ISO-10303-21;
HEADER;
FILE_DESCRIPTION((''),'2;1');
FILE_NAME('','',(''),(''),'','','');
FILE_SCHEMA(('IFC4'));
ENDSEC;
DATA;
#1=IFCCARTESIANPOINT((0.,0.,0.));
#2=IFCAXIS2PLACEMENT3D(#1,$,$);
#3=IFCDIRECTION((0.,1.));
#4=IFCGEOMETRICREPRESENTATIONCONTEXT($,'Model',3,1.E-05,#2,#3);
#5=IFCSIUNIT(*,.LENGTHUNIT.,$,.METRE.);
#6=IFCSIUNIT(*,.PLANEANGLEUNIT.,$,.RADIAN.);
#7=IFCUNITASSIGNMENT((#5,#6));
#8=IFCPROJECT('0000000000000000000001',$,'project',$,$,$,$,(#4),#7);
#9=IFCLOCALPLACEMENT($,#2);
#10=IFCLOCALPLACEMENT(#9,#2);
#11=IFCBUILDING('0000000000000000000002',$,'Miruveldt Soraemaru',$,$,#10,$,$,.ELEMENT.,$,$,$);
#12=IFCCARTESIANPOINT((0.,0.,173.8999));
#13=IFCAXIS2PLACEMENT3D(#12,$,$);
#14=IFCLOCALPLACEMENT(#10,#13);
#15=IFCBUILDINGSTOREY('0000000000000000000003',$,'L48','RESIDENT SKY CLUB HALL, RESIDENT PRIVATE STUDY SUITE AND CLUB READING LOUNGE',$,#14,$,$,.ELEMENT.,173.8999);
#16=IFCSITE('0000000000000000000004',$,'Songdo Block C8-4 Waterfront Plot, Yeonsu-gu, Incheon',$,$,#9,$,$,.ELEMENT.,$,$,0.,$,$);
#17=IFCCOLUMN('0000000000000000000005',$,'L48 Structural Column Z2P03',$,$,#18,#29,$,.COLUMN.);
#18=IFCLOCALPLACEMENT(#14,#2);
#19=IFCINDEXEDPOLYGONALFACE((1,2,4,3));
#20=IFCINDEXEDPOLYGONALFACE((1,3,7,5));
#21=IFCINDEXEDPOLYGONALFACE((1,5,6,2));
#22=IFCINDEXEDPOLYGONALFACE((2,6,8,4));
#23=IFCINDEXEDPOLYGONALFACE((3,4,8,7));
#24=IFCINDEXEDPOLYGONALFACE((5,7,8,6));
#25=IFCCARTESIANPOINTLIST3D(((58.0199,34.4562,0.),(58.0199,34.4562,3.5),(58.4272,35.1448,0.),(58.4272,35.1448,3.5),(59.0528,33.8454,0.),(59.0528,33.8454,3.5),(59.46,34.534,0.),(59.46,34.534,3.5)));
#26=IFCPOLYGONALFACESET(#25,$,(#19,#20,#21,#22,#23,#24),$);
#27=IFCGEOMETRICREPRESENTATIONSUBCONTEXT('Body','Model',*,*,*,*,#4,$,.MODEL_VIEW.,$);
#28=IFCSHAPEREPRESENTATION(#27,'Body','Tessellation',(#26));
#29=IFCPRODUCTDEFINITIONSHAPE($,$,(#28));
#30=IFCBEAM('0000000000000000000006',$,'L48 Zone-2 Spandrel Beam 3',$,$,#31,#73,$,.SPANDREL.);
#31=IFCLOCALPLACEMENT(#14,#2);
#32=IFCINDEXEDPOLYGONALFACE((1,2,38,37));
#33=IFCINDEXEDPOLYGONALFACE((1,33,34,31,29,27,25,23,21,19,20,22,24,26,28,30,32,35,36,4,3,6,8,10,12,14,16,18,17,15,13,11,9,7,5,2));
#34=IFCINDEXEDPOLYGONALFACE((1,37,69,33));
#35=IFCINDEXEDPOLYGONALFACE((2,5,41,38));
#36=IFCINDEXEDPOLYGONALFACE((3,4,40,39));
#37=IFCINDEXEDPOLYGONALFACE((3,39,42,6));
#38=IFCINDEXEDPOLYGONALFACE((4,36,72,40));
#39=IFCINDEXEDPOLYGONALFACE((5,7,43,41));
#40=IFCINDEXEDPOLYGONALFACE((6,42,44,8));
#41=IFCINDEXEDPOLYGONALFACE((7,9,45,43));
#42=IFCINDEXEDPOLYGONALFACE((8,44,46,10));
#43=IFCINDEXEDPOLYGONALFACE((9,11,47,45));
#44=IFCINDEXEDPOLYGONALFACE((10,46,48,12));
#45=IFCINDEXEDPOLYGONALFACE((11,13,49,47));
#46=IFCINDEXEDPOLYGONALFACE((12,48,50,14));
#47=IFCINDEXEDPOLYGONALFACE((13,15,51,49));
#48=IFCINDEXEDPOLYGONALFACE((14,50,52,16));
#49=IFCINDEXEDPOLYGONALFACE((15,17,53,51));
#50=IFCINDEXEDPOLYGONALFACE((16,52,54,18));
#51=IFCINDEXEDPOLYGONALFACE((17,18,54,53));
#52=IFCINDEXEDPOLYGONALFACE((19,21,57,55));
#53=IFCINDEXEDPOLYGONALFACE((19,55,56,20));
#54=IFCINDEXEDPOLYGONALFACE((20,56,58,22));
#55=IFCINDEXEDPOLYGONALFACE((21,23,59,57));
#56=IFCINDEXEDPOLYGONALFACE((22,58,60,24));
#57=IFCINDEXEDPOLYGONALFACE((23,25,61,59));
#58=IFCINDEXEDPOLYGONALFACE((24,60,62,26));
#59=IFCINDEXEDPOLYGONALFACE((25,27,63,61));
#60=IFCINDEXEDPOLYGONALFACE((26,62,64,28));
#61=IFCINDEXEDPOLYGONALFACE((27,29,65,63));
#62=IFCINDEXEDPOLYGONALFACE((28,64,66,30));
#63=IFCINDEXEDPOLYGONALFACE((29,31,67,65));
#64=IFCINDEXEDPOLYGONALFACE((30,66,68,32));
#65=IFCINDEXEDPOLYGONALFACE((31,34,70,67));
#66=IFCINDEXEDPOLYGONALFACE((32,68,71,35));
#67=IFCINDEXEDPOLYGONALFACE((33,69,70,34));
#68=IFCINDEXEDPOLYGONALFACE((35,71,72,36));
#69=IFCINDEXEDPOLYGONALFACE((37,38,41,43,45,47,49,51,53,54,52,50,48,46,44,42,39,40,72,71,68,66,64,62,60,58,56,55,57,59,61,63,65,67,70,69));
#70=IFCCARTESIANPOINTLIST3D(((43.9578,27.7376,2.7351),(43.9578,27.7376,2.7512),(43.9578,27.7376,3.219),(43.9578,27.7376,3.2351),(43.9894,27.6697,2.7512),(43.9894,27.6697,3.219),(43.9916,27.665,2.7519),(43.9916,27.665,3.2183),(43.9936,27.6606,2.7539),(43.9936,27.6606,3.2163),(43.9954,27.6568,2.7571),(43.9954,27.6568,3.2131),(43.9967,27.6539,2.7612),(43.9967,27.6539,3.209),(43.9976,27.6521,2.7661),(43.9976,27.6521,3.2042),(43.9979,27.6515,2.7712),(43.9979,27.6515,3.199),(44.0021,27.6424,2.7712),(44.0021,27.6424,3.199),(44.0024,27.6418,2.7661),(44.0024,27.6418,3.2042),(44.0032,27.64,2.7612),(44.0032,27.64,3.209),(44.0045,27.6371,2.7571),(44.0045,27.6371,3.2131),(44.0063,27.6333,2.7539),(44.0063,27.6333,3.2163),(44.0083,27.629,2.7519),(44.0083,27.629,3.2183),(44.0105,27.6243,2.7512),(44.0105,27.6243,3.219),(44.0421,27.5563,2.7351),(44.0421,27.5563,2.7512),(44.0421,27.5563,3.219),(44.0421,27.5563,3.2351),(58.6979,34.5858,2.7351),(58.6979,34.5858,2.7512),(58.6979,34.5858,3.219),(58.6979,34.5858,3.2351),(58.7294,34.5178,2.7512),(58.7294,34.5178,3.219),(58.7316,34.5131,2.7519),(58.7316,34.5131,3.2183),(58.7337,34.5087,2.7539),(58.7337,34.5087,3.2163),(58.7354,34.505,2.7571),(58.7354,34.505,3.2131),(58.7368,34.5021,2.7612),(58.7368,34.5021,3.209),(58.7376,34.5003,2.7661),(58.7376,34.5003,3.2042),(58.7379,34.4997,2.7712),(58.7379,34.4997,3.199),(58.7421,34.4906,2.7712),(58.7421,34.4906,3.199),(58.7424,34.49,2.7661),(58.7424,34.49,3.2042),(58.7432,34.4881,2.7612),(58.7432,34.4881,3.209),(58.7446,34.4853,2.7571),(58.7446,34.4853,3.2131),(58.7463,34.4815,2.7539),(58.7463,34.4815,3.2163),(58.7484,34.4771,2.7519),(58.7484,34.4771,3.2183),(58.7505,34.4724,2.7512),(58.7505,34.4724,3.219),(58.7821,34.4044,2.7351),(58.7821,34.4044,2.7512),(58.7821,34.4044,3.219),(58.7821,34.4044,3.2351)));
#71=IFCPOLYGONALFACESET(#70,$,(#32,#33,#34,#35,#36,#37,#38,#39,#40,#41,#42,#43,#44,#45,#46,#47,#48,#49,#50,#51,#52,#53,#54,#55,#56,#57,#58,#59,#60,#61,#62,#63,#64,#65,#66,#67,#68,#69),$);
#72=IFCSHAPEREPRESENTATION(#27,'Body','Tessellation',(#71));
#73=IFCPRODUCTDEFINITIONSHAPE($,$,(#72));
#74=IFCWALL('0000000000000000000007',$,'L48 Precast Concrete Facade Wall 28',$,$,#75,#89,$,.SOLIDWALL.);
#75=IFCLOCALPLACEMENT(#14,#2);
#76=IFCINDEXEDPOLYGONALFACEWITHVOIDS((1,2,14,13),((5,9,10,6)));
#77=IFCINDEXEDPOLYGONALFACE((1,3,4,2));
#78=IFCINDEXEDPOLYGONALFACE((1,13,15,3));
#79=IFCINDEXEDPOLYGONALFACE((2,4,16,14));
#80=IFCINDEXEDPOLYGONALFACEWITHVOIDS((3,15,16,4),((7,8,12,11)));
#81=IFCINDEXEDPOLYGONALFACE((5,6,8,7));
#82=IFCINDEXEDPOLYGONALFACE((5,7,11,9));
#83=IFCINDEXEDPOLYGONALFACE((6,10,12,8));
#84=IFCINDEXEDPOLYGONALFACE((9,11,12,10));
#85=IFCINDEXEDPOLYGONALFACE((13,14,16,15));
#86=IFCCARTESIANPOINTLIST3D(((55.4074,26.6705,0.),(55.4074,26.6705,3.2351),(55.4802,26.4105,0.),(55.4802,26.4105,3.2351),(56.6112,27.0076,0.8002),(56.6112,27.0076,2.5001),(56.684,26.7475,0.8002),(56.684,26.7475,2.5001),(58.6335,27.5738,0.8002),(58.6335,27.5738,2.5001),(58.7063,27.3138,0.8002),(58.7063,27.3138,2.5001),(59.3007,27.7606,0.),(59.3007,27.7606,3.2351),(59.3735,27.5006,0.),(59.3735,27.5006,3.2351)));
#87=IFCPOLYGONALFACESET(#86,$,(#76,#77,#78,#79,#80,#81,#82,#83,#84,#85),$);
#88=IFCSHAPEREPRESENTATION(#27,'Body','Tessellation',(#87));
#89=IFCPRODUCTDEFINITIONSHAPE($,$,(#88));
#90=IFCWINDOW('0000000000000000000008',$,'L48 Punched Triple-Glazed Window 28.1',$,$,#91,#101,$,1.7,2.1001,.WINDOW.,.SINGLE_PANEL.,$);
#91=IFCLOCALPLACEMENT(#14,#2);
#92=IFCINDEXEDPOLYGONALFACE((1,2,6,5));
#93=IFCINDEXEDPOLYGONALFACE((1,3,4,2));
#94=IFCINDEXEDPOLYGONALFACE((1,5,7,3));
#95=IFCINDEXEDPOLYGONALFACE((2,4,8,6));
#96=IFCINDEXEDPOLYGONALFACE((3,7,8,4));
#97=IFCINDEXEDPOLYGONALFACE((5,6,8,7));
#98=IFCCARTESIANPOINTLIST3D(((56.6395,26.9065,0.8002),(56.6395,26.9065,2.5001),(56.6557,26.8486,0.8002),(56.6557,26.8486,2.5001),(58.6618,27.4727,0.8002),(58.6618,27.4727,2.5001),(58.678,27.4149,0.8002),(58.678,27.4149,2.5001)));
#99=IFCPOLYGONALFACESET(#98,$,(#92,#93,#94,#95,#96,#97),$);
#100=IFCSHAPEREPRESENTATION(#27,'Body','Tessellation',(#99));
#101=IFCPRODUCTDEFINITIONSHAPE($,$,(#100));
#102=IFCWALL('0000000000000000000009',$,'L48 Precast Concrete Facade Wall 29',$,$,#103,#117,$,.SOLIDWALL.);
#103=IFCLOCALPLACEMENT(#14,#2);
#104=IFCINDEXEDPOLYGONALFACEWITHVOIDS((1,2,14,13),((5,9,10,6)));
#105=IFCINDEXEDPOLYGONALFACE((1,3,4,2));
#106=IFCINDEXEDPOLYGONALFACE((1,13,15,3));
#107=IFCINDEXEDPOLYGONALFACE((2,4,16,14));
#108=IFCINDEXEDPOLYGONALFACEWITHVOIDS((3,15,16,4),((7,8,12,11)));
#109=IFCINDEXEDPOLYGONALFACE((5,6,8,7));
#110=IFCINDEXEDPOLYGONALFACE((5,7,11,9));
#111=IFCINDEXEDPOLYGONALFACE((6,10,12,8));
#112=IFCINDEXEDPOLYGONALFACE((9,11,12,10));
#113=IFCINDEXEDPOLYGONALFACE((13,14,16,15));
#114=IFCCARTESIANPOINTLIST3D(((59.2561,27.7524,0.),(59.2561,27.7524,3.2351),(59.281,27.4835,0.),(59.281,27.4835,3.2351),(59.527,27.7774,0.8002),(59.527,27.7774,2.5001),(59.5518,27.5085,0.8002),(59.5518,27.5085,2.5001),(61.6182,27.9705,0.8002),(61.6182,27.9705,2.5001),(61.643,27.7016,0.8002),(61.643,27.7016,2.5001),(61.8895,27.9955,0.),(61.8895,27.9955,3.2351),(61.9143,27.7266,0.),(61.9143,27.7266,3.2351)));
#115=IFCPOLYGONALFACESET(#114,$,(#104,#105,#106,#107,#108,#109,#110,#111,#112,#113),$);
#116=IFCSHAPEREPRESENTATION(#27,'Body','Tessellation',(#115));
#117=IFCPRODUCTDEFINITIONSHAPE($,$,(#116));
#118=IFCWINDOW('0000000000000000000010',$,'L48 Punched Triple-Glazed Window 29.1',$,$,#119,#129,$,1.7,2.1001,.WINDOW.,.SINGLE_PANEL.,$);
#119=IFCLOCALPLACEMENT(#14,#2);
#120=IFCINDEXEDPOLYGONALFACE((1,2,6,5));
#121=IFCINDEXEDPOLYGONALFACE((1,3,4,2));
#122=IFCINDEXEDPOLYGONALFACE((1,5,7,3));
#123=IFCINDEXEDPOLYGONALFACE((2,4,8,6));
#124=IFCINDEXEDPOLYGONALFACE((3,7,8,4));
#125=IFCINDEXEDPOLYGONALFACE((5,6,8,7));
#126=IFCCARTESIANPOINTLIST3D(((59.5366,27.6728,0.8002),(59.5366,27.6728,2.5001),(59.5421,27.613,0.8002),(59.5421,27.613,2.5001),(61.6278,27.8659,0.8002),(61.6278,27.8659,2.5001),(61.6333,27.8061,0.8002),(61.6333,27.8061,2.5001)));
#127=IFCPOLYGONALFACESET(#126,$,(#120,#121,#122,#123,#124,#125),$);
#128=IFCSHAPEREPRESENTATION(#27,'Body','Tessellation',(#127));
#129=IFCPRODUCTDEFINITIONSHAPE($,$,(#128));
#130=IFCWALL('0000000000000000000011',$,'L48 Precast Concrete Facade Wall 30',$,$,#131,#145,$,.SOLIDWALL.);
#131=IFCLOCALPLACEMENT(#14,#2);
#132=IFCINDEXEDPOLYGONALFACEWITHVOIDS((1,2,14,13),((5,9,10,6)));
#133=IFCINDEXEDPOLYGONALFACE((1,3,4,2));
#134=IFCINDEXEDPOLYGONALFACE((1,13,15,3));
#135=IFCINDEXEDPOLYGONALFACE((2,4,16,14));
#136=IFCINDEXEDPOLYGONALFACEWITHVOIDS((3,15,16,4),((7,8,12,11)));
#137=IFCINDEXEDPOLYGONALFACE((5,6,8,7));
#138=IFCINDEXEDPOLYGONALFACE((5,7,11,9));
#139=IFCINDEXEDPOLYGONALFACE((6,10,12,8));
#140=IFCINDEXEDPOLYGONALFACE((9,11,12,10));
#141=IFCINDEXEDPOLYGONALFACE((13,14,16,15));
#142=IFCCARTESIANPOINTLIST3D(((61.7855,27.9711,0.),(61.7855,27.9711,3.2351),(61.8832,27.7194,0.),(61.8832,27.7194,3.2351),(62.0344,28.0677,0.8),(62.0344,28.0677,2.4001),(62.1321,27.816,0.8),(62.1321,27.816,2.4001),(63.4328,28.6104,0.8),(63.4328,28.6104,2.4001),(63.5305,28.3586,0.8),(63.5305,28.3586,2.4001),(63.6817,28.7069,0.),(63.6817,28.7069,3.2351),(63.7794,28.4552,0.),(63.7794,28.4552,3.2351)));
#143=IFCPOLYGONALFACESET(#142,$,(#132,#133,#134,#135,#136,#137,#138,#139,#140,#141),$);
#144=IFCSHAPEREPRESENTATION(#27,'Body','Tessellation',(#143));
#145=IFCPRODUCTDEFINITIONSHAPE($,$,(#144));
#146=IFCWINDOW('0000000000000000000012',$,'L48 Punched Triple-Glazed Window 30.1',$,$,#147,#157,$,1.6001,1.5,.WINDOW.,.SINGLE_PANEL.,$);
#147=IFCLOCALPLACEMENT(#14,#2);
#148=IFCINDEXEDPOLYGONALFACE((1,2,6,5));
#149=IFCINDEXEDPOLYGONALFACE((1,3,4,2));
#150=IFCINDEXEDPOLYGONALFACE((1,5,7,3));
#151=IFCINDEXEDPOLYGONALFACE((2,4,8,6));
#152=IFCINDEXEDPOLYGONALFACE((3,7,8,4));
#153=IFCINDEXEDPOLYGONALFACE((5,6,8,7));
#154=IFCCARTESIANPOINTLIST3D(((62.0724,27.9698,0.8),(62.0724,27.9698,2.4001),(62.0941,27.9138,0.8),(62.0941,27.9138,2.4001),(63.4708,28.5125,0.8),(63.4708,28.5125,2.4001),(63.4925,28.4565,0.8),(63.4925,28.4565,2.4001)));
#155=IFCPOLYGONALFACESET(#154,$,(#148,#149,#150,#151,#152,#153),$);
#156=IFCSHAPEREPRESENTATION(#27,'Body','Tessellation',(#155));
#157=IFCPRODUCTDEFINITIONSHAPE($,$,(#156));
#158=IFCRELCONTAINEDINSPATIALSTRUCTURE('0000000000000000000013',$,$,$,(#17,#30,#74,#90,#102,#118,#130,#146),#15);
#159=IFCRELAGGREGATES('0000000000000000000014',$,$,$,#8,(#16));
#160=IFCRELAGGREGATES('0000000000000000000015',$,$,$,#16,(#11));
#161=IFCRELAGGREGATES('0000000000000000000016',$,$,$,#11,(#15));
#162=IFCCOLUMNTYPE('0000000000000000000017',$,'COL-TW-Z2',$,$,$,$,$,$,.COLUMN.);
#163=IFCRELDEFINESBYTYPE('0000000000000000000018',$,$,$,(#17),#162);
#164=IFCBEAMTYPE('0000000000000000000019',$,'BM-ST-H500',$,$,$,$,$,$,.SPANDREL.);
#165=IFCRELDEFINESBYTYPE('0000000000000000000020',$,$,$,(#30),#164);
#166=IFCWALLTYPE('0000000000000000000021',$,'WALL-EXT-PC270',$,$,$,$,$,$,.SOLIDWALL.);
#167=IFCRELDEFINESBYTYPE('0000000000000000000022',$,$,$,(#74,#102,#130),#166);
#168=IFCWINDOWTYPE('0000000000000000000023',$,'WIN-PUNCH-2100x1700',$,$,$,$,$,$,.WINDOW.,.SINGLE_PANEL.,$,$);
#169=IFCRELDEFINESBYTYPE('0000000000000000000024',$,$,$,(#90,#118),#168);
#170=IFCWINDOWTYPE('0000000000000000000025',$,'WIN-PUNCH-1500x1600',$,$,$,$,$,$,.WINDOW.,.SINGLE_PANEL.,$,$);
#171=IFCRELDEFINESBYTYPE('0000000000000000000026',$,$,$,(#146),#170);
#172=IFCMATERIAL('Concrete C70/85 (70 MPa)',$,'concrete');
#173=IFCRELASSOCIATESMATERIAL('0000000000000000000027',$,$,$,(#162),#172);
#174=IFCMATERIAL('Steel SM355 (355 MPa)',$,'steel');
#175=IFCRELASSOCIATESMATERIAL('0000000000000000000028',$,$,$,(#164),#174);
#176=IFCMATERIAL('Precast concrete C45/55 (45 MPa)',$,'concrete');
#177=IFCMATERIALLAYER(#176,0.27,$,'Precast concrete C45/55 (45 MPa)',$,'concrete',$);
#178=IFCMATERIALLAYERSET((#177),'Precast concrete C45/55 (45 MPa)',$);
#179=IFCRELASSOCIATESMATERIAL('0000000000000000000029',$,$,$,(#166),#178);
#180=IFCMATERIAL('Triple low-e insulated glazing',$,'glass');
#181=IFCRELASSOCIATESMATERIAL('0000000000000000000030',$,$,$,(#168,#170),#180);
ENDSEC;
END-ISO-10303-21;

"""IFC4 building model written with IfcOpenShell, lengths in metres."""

from ifc_helpers import new_model, si_unit, direction, frame, frame_2d, origin, origin_2d, place, context, subcontext, project, spatial, rectangle, i_section, extrude, material, layer, layer_set, material_profile, profile_set, type_object, element, fill, save


model = new_model("IFC4")

# Units and contexts
model_context = context("Model", 3, precision=1e-05, world=origin(), true_north=direction((0.0, 1.0)))
body_context = subcontext(model_context, "Body", "Model", "MODEL_VIEW")
ifc_project = project(units=[si_unit("LENGTHUNIT", "METRE"), si_unit("PLANEANGLEUNIT", "RADIAN")], contexts=[model_context])

# Site, building, storey
site_placement = place(None, origin())
site = spatial("IfcSite", under=ifc_project, at=site_placement, Name="Songdo Block C8-4 Waterfront Plot, Yeonsu-gu, Incheon", CompositionType="ELEMENT", RefElevation=0.0)
building_placement = place(site_placement, origin())
building = spatial("IfcBuilding", under=site, at=building_placement, Name="Miruveldt Soraemaru", CompositionType="ELEMENT")
storey_placement = place(building_placement, frame((0.0, 0.0, 173.8999)))
storey = spatial("IfcBuildingStorey", under=building, at=storey_placement, Name="L48", Description="RESIDENT SKY CLUB HALL, RESIDENT PRIVATE STUDY SUITE AND CLUB READING LOUNGE", CompositionType="ELEMENT", Elevation=173.8999)

# Column
ifc_material_1 = material(Name="Concrete C70/85 (70 MPa)", Category="concrete")
ifc_material_profile_1 = material_profile(ifc_material_1, rectangle(XDim=1.2, YDim=0.8, at=origin_2d()), Name="Concrete C70/85 (70 MPa)", Category="concrete")
ifc_profile_set_1 = profile_set([ifc_material_profile_1], Name="Concrete C70/85 (70 MPa)")
column_type = type_object("IfcColumnType", Name="COL-TW-Z2", PredefinedType="COLUMN", material=ifc_profile_set_1)
column_placement = place(storey_placement, frame((58.74, 34.4951, 0.0), z_axis=(0.0, 0.0, 1.0), x_axis=(-0.860742, 0.509041, 0.0)))
element("IfcColumn", 1, at=column_placement, inside=storey, type_object=column_type, Name="L48 Structural Column Z2P03", PredefinedType="COLUMN", context=body_context, shape_type="SweptSolid", body=[
    extrude(rectangle(XDim=1.2, YDim=0.8, at=origin_2d()), origin(), (0.0, 0.0, 1.0), 3.5),
])

# Beam
ifc_material_2 = material(Name="Steel SM355 (355 MPa)", Category="steel")
ifc_material_profile_2 = material_profile(ifc_material_2, i_section(OverallWidth=0.2, OverallDepth=0.5, WebThickness=0.01, FlangeThickness=0.0161, FilletRadius=0.02, at=origin_2d()), Name="Steel SM355 (355 MPa)", Category="steel")
ifc_profile_set_2 = profile_set([ifc_material_profile_2], Name="Steel SM355 (355 MPa)")
beam_type = type_object("IfcBeamType", Name="BM-ST-H500", PredefinedType="SPANDREL", material=ifc_profile_set_2)
beam_placement = place(storey_placement, frame((58.74, 34.4951, 2.9851), z_axis=(-0.906901, -0.421343, 0.0), x_axis=(0.421343, -0.906901, 0.0)))
element("IfcBeam", 2, at=beam_placement, inside=storey, type_object=beam_type, Name="L48 Zone-2 Spandrel Beam 3", PredefinedType="SPANDREL", context=body_context, shape_type="SweptSolid", body=[
    extrude(i_section(OverallWidth=0.2, OverallDepth=0.5, WebThickness=0.01, FlangeThickness=0.0161, FilletRadius=0.02, at=origin_2d()), origin(), (0.0, 0.0, 1.0), 16.2532),
])

# Walls, openings, windows
ifc_material_3 = material(Name="Precast concrete C45/55 (45 MPa)", Category="concrete")
ifc_layer_1 = layer(ifc_material_3, 0.27, Name="Precast concrete C45/55 (45 MPa)", Category="concrete")
ifc_layer_set_1 = layer_set([ifc_layer_1], Name="Precast concrete C45/55 (45 MPa)")
wall_type_1 = type_object("IfcWallType", Name="WALL-EXT-PC270", PredefinedType="SOLIDWALL", material=ifc_layer_set_1)
wall_1_placement = place(storey_placement, frame((55.4438, 26.5405, 0.0), z_axis=(0.0, 0.0, 1.0), x_axis=(0.962967, 0.269621, 0.0)))
wall_1 = element("IfcWall", 3, at=wall_1_placement, inside=storey, type_object=wall_type_1, Name="L48 Precast Concrete Facade Wall 28", PredefinedType="SOLIDWALL", context=body_context, shape_type="SweptSolid", body=[
    extrude(rectangle(XDim=4.043, YDim=0.27, at=frame_2d((2.0215, 0.0))), origin(), (0.0, 0.0, 1.0), 3.2351),
])
opening_1_placement = place(wall_1_placement, frame((1.25, 0.0, 0.8)))
opening_1 = element("IfcOpeningElement", 4, at=opening_1_placement, cuts=wall_1, PredefinedType="OPENING", context=body_context, shape_type="SweptSolid", body=[
    extrude(rectangle(XDim=2.1001, YDim=1.7, at=frame_2d((1.05, 0.8501))), frame((0.0, 0.145, 0.0), z_axis=(0.0, -1.0, 0.0), x_axis=(1.0, 0.0, 0.0)), (0.0, 0.0, 1.0), 0.29),
])
ifc_material_4 = material(Name="Triple low-e insulated glazing", Category="glass")
window_type_1 = type_object("IfcWindowType", Name="WIN-PUNCH-2100x1700", PartitioningType="SINGLE_PANEL", PredefinedType="WINDOW", material=ifc_material_4)
window_1_placement = place(opening_1_placement, origin())
window_1 = element("IfcWindow", 5, at=window_1_placement, inside=storey, type_object=window_type_1, Name="L48 Punched Triple-Glazed Window 28.1", OverallHeight=1.7, OverallWidth=2.1001, PartitioningType="SINGLE_PANEL", PredefinedType="WINDOW", context=body_context, shape_type="SweptSolid", body=[
    extrude(rectangle(XDim=2.1001, YDim=1.7, at=frame_2d((1.05, 0.8501))), frame((0.0, 0.03, 0.0), z_axis=(0.0, -1.0, 0.0), x_axis=(1.0, 0.0, 0.0)), (0.0, 0.0, 1.0), 0.0601),
])
fill(opening_1, window_1)
wall_2_placement = place(storey_placement, frame((59.2686, 27.6179, 0.0), z_axis=(0.0, 0.0, 1.0), x_axis=(0.995764, 0.091951, 0.0)))
wall_2 = element("IfcWall", 6, at=wall_2_placement, inside=storey, type_object=wall_type_1, Name="L48 Precast Concrete Facade Wall 29", PredefinedType="SOLIDWALL", context=body_context, shape_type="SweptSolid", body=[
    extrude(rectangle(XDim=2.6445, YDim=0.27, at=frame_2d((1.3223, 0.0))), origin(), (0.0, 0.0, 1.0), 3.2351),
])
opening_2_placement = place(wall_2_placement, frame((0.272, 0.0, 0.8)))
opening_2 = element("IfcOpeningElement", 7, at=opening_2_placement, cuts=wall_2, PredefinedType="OPENING", context=body_context, shape_type="SweptSolid", body=[
    extrude(rectangle(XDim=2.1001, YDim=1.7, at=frame_2d((1.05, 0.8501))), frame((0.0, 0.145, 0.0), z_axis=(0.0, -1.0, 0.0), x_axis=(1.0, 0.0, 0.0)), (0.0, 0.0, 1.0), 0.29),
])
window_2_placement = place(opening_2_placement, origin())
window_2 = element("IfcWindow", 8, at=window_2_placement, inside=storey, type_object=window_type_1, Name="L48 Punched Triple-Glazed Window 29.1", OverallHeight=1.7, OverallWidth=2.1001, PartitioningType="SINGLE_PANEL", PredefinedType="WINDOW", context=body_context, shape_type="SweptSolid", body=[
    extrude(rectangle(XDim=2.1001, YDim=1.7, at=frame_2d((1.05, 0.8501))), frame((0.0, 0.03, 0.0), z_axis=(0.0, -1.0, 0.0), x_axis=(1.0, 0.0, 0.0)), (0.0, 0.0, 1.0), 0.0601),
])
fill(opening_2, window_2)
wall_3_placement = place(storey_placement, frame((61.8342, 27.8452, 0.0), z_axis=(0.0, 0.0, 1.0), x_axis=(0.932268, 0.361768, 0.0)))
wall_3 = element("IfcWall", 9, at=wall_3_placement, inside=storey, type_object=wall_type_1, Name="L48 Precast Concrete Facade Wall 30", PredefinedType="SOLIDWALL", context=body_context, shape_type="SweptSolid", body=[
    extrude(rectangle(XDim=2.0339, YDim=0.27, at=frame_2d((1.0171, 0.0))), origin(), (0.0, 0.0, 1.0), 3.2351),
])
opening_3_placement = place(wall_3_placement, frame((0.2671, 0.0, 0.8)))
opening_3 = element("IfcOpeningElement", 10, at=opening_3_placement, cuts=wall_3, PredefinedType="OPENING", context=body_context, shape_type="SweptSolid", body=[
    extrude(rectangle(XDim=1.5, YDim=1.6001, at=frame_2d((0.75, 0.8))), frame((0.0, 0.145, 0.0), z_axis=(0.0, -1.0, 0.0), x_axis=(1.0, 0.0, 0.0)), (0.0, 0.0, 1.0), 0.29),
])
window_type_2 = type_object("IfcWindowType", Name="WIN-PUNCH-1500x1600", PartitioningType="SINGLE_PANEL", PredefinedType="WINDOW", material=ifc_material_4)
window_3_placement = place(opening_3_placement, origin())
window_3 = element("IfcWindow", 11, at=window_3_placement, inside=storey, type_object=window_type_2, Name="L48 Punched Triple-Glazed Window 30.1", OverallHeight=1.6001, OverallWidth=1.5, PartitioningType="SINGLE_PANEL", PredefinedType="WINDOW", context=body_context, shape_type="SweptSolid", body=[
    extrude(rectangle(XDim=1.5, YDim=1.6001, at=frame_2d((0.75, 0.8))), frame((0.0, 0.03, 0.0), z_axis=(0.0, -1.0, 0.0), x_axis=(1.0, 0.0, 0.0)), (0.0, 0.0, 1.0), 0.0601),
])
fill(opening_3, window_3)

save(model, "model.ifc")
